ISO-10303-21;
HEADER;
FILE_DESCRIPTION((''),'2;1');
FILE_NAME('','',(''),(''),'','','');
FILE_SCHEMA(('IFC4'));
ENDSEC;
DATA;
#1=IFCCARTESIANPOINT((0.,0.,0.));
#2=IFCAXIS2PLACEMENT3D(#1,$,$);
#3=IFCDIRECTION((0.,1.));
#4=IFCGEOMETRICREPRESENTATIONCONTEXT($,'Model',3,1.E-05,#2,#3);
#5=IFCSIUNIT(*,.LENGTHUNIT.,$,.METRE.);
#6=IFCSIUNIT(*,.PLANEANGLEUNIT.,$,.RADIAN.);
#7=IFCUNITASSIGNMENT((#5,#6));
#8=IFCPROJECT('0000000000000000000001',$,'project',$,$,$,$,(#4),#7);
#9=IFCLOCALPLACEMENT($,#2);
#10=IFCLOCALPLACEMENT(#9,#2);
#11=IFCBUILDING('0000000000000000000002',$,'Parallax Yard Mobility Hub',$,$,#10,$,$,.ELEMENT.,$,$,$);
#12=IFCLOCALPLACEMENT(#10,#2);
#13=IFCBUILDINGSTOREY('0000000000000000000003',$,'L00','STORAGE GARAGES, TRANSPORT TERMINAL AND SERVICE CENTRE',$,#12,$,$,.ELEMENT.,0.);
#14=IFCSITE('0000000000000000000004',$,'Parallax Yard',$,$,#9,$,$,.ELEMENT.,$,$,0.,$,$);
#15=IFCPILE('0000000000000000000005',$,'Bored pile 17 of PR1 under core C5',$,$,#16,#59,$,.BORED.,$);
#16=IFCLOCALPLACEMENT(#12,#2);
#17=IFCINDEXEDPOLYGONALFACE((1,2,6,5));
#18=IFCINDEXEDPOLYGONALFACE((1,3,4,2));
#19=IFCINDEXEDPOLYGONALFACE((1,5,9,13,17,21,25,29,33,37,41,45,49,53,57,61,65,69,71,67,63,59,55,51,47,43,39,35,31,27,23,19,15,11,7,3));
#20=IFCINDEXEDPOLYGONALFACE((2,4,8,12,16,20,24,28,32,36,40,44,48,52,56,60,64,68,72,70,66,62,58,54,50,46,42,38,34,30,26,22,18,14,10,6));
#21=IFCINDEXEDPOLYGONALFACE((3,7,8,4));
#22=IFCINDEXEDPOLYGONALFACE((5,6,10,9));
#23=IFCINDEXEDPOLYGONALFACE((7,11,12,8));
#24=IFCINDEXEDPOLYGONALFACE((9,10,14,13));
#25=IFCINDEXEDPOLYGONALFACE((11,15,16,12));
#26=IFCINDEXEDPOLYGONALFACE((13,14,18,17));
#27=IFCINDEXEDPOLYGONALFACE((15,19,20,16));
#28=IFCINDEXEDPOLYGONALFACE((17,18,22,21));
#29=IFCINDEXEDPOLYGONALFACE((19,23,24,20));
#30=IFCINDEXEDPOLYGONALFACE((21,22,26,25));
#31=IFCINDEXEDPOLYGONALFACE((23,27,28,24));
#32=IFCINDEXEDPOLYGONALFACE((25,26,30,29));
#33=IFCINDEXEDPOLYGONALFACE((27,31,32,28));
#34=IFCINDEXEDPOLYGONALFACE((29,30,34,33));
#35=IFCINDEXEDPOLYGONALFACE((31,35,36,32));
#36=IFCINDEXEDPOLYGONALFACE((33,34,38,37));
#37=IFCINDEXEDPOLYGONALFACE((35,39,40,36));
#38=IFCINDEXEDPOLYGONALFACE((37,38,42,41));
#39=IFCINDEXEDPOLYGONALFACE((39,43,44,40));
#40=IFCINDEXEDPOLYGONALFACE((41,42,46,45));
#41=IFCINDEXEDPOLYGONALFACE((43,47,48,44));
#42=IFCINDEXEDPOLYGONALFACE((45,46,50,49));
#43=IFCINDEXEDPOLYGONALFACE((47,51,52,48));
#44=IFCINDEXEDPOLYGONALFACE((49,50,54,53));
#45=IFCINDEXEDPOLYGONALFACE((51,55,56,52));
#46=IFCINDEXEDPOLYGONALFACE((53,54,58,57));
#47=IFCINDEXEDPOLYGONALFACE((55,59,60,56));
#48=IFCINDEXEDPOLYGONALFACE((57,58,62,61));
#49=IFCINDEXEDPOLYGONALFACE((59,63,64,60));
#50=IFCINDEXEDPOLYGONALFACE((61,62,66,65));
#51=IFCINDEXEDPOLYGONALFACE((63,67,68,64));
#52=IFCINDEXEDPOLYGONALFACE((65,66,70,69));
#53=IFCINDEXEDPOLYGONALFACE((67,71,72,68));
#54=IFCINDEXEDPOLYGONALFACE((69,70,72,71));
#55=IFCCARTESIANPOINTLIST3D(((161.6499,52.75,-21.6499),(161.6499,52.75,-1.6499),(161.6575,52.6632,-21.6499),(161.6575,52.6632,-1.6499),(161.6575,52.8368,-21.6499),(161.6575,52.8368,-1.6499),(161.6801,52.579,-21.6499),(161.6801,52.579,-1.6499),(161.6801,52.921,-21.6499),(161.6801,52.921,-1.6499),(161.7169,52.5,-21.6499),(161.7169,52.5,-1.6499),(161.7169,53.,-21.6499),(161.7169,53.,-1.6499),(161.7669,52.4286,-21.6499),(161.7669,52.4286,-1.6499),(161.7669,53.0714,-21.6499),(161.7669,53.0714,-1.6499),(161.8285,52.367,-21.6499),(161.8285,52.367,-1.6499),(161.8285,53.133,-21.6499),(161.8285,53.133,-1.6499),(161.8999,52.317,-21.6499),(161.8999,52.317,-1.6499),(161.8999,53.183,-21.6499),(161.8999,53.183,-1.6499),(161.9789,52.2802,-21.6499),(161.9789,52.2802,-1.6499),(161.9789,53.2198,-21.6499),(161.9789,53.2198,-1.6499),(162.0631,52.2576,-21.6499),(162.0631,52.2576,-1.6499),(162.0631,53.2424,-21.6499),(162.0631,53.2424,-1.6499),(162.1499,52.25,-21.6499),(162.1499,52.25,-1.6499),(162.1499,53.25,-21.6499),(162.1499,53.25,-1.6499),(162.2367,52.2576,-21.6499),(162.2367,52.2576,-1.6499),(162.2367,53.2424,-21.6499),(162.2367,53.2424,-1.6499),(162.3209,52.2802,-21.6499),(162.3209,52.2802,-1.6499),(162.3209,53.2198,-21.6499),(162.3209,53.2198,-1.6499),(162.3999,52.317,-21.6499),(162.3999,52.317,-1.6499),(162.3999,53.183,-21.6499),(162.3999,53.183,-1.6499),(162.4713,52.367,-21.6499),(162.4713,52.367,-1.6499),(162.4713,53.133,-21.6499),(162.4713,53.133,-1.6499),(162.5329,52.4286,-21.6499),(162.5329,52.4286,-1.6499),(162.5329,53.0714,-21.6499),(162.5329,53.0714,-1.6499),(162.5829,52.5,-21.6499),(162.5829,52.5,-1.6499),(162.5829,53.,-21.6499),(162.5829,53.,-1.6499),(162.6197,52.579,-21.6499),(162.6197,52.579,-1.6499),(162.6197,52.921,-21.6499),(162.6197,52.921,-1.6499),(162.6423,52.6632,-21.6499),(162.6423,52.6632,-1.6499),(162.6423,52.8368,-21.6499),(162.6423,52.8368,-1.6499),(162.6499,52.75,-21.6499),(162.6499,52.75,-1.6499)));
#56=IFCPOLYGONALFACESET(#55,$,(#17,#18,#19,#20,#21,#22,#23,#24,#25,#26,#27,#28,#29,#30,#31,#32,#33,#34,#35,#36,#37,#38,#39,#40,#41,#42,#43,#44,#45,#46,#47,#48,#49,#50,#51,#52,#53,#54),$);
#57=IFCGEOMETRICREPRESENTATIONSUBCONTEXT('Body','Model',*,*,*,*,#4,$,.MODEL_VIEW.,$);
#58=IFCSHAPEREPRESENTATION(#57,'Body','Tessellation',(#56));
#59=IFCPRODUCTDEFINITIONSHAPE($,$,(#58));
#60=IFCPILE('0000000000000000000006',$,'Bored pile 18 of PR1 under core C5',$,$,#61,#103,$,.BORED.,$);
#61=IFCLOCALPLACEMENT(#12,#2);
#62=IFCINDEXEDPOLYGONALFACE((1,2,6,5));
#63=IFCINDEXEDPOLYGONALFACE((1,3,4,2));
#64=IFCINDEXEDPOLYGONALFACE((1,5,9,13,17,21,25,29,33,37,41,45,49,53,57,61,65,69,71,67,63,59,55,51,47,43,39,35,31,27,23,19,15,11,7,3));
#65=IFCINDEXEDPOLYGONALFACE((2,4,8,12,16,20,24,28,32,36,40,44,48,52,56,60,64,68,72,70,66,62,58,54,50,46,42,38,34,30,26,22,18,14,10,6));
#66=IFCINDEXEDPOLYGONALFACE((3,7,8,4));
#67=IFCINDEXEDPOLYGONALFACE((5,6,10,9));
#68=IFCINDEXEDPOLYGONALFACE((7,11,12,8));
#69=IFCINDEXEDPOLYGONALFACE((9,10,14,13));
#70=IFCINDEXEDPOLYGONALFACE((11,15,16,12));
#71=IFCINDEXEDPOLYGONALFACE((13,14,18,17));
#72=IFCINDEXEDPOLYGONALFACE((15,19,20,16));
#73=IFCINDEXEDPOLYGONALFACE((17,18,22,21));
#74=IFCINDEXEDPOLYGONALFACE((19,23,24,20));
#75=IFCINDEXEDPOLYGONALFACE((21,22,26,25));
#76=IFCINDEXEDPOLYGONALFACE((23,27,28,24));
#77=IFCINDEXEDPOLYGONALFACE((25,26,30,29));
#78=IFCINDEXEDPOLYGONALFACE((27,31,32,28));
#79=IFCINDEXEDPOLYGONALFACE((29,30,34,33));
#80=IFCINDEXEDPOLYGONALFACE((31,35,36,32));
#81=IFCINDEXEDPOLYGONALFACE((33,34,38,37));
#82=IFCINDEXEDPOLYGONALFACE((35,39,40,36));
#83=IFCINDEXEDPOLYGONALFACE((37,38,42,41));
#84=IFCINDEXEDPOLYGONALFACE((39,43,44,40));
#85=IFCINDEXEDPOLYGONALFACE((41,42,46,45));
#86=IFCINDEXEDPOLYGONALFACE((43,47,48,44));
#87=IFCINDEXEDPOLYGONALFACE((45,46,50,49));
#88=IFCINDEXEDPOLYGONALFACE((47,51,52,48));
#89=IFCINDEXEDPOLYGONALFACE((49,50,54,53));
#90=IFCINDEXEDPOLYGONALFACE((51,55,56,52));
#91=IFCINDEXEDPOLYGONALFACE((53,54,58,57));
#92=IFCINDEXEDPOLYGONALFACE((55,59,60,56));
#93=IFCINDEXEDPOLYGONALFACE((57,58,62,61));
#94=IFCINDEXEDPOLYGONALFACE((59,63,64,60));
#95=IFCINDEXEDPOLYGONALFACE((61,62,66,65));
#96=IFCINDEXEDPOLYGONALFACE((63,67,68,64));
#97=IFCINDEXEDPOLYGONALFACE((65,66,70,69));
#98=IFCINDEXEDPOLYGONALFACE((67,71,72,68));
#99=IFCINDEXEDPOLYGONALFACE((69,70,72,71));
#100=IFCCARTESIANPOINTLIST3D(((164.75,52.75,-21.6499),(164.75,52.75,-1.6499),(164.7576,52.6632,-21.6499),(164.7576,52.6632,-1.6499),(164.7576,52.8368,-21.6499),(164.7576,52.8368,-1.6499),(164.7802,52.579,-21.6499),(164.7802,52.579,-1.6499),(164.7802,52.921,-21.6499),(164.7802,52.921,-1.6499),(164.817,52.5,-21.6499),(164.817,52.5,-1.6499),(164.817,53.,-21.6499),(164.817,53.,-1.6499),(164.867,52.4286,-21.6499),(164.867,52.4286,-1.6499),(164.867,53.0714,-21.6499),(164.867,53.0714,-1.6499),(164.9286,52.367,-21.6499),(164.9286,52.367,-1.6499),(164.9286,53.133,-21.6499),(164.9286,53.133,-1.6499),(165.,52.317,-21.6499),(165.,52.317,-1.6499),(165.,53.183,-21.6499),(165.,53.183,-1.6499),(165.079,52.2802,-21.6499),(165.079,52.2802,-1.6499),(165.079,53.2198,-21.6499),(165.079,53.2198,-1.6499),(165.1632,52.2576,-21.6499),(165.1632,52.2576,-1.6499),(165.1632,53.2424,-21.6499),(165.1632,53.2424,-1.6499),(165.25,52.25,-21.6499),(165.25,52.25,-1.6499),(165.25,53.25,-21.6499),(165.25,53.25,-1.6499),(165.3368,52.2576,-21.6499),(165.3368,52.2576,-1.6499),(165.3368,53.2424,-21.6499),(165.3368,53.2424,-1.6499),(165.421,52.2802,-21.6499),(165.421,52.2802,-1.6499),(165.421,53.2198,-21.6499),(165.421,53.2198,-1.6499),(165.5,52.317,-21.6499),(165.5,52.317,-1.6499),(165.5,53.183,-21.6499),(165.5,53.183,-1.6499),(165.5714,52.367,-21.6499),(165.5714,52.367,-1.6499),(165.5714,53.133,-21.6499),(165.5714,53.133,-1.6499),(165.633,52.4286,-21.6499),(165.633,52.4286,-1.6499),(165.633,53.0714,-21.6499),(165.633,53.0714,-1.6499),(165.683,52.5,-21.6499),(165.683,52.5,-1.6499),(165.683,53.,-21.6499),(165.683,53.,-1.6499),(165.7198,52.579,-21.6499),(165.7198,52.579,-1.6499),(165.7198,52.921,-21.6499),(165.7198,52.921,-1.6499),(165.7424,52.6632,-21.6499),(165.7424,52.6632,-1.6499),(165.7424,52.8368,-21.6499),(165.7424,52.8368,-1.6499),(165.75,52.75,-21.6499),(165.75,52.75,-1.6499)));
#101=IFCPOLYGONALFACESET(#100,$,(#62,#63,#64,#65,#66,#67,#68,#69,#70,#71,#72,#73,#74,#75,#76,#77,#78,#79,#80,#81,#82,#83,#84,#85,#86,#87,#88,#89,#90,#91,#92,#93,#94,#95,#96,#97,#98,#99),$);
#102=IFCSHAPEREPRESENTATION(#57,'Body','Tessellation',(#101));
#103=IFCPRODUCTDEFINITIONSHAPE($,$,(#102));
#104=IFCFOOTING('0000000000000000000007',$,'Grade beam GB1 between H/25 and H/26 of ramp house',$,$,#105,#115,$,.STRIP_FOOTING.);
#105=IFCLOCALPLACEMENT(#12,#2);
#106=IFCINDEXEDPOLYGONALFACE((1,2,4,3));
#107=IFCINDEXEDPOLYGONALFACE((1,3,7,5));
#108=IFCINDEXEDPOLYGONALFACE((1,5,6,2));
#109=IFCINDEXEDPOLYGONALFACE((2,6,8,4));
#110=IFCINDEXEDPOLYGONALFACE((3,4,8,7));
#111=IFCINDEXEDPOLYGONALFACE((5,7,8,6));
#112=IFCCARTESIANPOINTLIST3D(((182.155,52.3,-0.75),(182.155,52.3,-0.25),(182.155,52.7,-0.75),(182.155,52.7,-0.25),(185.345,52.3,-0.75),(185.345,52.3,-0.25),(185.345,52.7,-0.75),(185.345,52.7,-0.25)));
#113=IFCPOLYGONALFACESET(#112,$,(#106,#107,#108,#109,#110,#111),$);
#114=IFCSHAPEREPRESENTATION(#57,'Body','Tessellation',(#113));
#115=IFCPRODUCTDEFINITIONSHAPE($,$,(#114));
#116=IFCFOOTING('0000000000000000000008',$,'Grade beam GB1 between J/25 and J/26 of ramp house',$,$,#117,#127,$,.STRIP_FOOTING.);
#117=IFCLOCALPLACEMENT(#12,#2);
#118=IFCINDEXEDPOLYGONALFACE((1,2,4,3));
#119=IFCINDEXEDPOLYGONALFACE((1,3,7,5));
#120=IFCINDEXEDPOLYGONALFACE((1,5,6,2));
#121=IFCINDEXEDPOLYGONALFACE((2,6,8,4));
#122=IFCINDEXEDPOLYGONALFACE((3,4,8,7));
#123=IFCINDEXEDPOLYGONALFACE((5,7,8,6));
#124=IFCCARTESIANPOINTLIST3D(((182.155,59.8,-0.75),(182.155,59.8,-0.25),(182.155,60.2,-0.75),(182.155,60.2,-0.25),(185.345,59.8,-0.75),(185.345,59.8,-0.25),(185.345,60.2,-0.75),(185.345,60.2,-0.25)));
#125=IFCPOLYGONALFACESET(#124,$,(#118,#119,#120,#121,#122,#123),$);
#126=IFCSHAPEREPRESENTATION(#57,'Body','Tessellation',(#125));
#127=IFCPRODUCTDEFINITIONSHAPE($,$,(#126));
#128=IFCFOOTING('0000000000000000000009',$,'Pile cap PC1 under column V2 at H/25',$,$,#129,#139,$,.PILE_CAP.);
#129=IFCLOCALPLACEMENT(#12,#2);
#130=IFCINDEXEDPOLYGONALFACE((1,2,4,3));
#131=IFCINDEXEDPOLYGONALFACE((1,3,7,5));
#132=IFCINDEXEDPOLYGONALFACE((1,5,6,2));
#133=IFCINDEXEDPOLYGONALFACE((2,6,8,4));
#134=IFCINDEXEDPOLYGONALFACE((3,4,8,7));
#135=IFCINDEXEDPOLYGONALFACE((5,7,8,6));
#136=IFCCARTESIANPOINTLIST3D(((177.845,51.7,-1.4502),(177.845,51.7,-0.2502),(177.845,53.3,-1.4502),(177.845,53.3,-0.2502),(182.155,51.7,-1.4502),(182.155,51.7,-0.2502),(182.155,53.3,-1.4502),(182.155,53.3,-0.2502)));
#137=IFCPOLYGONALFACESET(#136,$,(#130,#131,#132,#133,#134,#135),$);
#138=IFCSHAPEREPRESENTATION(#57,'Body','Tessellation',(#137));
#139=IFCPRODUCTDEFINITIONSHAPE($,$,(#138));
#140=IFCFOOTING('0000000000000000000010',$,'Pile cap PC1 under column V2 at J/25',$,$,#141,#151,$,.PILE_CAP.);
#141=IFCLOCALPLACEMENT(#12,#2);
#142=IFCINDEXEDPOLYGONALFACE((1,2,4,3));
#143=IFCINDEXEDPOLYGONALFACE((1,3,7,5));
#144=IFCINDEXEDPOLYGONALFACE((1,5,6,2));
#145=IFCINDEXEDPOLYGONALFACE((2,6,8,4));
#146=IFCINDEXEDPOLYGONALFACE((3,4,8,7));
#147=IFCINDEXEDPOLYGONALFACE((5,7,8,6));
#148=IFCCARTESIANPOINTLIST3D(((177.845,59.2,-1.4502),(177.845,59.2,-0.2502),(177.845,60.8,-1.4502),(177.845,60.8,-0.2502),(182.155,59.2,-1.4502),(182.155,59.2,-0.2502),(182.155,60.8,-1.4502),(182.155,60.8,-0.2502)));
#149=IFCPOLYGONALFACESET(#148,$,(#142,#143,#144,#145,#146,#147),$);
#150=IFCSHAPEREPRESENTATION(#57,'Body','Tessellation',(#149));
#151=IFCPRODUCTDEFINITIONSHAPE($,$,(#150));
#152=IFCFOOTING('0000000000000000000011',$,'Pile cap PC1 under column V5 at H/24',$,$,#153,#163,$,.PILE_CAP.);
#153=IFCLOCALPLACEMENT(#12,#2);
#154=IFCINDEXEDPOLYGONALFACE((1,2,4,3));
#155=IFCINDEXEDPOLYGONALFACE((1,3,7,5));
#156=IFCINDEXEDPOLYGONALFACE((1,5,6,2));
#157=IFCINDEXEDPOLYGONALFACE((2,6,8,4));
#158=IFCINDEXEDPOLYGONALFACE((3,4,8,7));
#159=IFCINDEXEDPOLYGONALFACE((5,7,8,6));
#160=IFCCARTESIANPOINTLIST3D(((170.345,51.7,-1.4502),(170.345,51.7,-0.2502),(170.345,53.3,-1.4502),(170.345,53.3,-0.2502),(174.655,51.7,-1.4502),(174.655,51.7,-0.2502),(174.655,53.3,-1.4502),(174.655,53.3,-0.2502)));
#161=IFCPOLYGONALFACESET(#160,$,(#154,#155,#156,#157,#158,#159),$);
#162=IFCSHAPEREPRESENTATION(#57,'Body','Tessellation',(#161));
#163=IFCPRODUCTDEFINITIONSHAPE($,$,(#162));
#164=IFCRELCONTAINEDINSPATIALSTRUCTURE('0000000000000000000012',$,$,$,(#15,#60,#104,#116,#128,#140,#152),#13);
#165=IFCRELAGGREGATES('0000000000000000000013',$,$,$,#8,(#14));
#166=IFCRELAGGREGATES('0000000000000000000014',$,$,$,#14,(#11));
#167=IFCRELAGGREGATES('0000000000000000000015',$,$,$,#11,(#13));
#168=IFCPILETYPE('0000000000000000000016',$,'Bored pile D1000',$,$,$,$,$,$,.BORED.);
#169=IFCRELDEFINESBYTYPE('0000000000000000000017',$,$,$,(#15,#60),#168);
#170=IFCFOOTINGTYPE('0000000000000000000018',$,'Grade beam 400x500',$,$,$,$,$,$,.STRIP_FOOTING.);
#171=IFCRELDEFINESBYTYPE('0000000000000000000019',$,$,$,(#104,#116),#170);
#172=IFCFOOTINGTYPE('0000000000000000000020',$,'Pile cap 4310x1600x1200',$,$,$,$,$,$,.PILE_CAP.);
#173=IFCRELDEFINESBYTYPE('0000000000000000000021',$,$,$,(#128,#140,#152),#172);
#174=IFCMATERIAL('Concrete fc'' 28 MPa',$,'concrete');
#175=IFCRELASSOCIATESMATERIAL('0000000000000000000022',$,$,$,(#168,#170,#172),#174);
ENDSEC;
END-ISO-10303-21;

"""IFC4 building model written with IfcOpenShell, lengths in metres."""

from ifc_helpers import new_model, si_unit, direction, frame, origin, origin_2d, place, context, subcontext, project, spatial, rectangle, circle, extrude, material, material_profile, profile_set, type_object, element, save


model = new_model("IFC4")

# Units and contexts
model_context = context("Model", 3, precision=1e-05, world=origin(), true_north=direction((0.0, 1.0)))
body_context = subcontext(model_context, "Body", "Model", "MODEL_VIEW")
ifc_project = project(units=[si_unit("LENGTHUNIT", "METRE"), si_unit("PLANEANGLEUNIT", "RADIAN")], contexts=[model_context])

# Site, building, storey
site_placement = place(None, origin())
site = spatial("IfcSite", under=ifc_project, at=site_placement, Name="Parallax Yard", CompositionType="ELEMENT", RefElevation=0.0)
building_placement = place(site_placement, origin())
building = spatial("IfcBuilding", under=site, at=building_placement, Name="Parallax Yard Mobility Hub", CompositionType="ELEMENT")
storey_placement = place(building_placement, origin())
storey = spatial("IfcBuildingStorey", under=building, at=storey_placement, Name="L00", Description="STORAGE GARAGES, TRANSPORT TERMINAL AND SERVICE CENTRE", CompositionType="ELEMENT", Elevation=0.0)

# Piles
ifc_material_1 = material(Name="Concrete fc' 28 MPa", Category="concrete")
ifc_material_profile_1 = material_profile(ifc_material_1, circle(Radius=0.5, at=origin_2d()), Name="Bored pile D1000")
ifc_profile_set_1 = profile_set([ifc_material_profile_1], Name="Concrete fc' 28 MPa")
pile_type = type_object("IfcPileType", Name="Bored pile D1000", PredefinedType="BORED", material=ifc_profile_set_1)
for number, where, z_axis, x_axis, name in (
    (1, (162.1499, 52.75, -1.6499), (0.0, 0.0, -1.0), (1.0, 0.0, 0.0), "Bored pile 17 of PR1 under core C5"),
    (2, (165.25, 52.75, -1.6499), (0.0, 0.0, -1.0), (1.0, 0.0, 0.0), "Bored pile 18 of PR1 under core C5"),
):
    element("IfcPile", number, at=place(storey_placement, frame(where, z_axis=z_axis, x_axis=x_axis)), inside=storey, type_object=pile_type, Name=name, PredefinedType="BORED", context=body_context, shape_type="SweptSolid", body=[
        extrude(circle(Radius=0.5, at=origin_2d()), origin(), (0.0, 0.0, 1.0), 20.0),
    ])

# Footings
ifc_material_profile_2 = material_profile(ifc_material_1, rectangle(XDim=0.3999, YDim=0.5, at=origin_2d()), Name="Grade beam 400x500")
ifc_profile_set_2 = profile_set([ifc_material_profile_2], Name="Concrete fc' 28 MPa")
footing_type_1 = type_object("IfcFootingType", Name="Grade beam 400x500", PredefinedType="STRIP_FOOTING", material=ifc_profile_set_2)
for number, where, z_axis, x_axis, name in (
    (3, (182.155, 52.5, -0.5), (1.0, 0.0, 0.0), (0.0, 1.0, 0.0), "Grade beam GB1 between H/25 and H/26 of ramp house"),
    (4, (182.155, 60.0, -0.5), (1.0, 0.0, 0.0), (0.0, 1.0, 0.0), "Grade beam GB1 between J/25 and J/26 of ramp house"),
):
    element("IfcFooting", number, at=place(storey_placement, frame(where, z_axis=z_axis, x_axis=x_axis)), inside=storey, type_object=footing_type_1, Name=name, PredefinedType="STRIP_FOOTING", context=body_context, shape_type="SweptSolid", body=[
        extrude(rectangle(XDim=0.3999, YDim=0.5, at=origin_2d()), origin(), (0.0, 0.0, 1.0), 3.1899),
    ])
footing_type_2 = type_object("IfcFootingType", Name="Pile cap 4310x1600x1200", PredefinedType="PILE_CAP", material=ifc_material_1)
for number, where, z_axis, x_axis, name in (
    (5, (180.0, 52.5, -1.4502), (0.0, 0.0, 1.0), (1.0, 0.0, 0.0), "Pile cap PC1 under column V2 at H/25"),
    (6, (180.0, 60.0, -1.4502), (0.0, 0.0, 1.0), (1.0, 0.0, 0.0), "Pile cap PC1 under column V2 at J/25"),
    (7, (172.5, 52.5, -1.4502), (0.0, 0.0, 1.0), (1.0, 0.0, 0.0), "Pile cap PC1 under column V5 at H/24"),
):
    element("IfcFooting", number, at=place(storey_placement, frame(where, z_axis=z_axis, x_axis=x_axis)), inside=storey, type_object=footing_type_2, Name=name, PredefinedType="PILE_CAP", context=body_context, shape_type="SweptSolid", body=[
        extrude(rectangle(XDim=4.3101, YDim=1.6001, at=origin_2d()), origin(), (0.0, 0.0, 1.0), 1.2),
    ])

save(model, "model.ifc")
